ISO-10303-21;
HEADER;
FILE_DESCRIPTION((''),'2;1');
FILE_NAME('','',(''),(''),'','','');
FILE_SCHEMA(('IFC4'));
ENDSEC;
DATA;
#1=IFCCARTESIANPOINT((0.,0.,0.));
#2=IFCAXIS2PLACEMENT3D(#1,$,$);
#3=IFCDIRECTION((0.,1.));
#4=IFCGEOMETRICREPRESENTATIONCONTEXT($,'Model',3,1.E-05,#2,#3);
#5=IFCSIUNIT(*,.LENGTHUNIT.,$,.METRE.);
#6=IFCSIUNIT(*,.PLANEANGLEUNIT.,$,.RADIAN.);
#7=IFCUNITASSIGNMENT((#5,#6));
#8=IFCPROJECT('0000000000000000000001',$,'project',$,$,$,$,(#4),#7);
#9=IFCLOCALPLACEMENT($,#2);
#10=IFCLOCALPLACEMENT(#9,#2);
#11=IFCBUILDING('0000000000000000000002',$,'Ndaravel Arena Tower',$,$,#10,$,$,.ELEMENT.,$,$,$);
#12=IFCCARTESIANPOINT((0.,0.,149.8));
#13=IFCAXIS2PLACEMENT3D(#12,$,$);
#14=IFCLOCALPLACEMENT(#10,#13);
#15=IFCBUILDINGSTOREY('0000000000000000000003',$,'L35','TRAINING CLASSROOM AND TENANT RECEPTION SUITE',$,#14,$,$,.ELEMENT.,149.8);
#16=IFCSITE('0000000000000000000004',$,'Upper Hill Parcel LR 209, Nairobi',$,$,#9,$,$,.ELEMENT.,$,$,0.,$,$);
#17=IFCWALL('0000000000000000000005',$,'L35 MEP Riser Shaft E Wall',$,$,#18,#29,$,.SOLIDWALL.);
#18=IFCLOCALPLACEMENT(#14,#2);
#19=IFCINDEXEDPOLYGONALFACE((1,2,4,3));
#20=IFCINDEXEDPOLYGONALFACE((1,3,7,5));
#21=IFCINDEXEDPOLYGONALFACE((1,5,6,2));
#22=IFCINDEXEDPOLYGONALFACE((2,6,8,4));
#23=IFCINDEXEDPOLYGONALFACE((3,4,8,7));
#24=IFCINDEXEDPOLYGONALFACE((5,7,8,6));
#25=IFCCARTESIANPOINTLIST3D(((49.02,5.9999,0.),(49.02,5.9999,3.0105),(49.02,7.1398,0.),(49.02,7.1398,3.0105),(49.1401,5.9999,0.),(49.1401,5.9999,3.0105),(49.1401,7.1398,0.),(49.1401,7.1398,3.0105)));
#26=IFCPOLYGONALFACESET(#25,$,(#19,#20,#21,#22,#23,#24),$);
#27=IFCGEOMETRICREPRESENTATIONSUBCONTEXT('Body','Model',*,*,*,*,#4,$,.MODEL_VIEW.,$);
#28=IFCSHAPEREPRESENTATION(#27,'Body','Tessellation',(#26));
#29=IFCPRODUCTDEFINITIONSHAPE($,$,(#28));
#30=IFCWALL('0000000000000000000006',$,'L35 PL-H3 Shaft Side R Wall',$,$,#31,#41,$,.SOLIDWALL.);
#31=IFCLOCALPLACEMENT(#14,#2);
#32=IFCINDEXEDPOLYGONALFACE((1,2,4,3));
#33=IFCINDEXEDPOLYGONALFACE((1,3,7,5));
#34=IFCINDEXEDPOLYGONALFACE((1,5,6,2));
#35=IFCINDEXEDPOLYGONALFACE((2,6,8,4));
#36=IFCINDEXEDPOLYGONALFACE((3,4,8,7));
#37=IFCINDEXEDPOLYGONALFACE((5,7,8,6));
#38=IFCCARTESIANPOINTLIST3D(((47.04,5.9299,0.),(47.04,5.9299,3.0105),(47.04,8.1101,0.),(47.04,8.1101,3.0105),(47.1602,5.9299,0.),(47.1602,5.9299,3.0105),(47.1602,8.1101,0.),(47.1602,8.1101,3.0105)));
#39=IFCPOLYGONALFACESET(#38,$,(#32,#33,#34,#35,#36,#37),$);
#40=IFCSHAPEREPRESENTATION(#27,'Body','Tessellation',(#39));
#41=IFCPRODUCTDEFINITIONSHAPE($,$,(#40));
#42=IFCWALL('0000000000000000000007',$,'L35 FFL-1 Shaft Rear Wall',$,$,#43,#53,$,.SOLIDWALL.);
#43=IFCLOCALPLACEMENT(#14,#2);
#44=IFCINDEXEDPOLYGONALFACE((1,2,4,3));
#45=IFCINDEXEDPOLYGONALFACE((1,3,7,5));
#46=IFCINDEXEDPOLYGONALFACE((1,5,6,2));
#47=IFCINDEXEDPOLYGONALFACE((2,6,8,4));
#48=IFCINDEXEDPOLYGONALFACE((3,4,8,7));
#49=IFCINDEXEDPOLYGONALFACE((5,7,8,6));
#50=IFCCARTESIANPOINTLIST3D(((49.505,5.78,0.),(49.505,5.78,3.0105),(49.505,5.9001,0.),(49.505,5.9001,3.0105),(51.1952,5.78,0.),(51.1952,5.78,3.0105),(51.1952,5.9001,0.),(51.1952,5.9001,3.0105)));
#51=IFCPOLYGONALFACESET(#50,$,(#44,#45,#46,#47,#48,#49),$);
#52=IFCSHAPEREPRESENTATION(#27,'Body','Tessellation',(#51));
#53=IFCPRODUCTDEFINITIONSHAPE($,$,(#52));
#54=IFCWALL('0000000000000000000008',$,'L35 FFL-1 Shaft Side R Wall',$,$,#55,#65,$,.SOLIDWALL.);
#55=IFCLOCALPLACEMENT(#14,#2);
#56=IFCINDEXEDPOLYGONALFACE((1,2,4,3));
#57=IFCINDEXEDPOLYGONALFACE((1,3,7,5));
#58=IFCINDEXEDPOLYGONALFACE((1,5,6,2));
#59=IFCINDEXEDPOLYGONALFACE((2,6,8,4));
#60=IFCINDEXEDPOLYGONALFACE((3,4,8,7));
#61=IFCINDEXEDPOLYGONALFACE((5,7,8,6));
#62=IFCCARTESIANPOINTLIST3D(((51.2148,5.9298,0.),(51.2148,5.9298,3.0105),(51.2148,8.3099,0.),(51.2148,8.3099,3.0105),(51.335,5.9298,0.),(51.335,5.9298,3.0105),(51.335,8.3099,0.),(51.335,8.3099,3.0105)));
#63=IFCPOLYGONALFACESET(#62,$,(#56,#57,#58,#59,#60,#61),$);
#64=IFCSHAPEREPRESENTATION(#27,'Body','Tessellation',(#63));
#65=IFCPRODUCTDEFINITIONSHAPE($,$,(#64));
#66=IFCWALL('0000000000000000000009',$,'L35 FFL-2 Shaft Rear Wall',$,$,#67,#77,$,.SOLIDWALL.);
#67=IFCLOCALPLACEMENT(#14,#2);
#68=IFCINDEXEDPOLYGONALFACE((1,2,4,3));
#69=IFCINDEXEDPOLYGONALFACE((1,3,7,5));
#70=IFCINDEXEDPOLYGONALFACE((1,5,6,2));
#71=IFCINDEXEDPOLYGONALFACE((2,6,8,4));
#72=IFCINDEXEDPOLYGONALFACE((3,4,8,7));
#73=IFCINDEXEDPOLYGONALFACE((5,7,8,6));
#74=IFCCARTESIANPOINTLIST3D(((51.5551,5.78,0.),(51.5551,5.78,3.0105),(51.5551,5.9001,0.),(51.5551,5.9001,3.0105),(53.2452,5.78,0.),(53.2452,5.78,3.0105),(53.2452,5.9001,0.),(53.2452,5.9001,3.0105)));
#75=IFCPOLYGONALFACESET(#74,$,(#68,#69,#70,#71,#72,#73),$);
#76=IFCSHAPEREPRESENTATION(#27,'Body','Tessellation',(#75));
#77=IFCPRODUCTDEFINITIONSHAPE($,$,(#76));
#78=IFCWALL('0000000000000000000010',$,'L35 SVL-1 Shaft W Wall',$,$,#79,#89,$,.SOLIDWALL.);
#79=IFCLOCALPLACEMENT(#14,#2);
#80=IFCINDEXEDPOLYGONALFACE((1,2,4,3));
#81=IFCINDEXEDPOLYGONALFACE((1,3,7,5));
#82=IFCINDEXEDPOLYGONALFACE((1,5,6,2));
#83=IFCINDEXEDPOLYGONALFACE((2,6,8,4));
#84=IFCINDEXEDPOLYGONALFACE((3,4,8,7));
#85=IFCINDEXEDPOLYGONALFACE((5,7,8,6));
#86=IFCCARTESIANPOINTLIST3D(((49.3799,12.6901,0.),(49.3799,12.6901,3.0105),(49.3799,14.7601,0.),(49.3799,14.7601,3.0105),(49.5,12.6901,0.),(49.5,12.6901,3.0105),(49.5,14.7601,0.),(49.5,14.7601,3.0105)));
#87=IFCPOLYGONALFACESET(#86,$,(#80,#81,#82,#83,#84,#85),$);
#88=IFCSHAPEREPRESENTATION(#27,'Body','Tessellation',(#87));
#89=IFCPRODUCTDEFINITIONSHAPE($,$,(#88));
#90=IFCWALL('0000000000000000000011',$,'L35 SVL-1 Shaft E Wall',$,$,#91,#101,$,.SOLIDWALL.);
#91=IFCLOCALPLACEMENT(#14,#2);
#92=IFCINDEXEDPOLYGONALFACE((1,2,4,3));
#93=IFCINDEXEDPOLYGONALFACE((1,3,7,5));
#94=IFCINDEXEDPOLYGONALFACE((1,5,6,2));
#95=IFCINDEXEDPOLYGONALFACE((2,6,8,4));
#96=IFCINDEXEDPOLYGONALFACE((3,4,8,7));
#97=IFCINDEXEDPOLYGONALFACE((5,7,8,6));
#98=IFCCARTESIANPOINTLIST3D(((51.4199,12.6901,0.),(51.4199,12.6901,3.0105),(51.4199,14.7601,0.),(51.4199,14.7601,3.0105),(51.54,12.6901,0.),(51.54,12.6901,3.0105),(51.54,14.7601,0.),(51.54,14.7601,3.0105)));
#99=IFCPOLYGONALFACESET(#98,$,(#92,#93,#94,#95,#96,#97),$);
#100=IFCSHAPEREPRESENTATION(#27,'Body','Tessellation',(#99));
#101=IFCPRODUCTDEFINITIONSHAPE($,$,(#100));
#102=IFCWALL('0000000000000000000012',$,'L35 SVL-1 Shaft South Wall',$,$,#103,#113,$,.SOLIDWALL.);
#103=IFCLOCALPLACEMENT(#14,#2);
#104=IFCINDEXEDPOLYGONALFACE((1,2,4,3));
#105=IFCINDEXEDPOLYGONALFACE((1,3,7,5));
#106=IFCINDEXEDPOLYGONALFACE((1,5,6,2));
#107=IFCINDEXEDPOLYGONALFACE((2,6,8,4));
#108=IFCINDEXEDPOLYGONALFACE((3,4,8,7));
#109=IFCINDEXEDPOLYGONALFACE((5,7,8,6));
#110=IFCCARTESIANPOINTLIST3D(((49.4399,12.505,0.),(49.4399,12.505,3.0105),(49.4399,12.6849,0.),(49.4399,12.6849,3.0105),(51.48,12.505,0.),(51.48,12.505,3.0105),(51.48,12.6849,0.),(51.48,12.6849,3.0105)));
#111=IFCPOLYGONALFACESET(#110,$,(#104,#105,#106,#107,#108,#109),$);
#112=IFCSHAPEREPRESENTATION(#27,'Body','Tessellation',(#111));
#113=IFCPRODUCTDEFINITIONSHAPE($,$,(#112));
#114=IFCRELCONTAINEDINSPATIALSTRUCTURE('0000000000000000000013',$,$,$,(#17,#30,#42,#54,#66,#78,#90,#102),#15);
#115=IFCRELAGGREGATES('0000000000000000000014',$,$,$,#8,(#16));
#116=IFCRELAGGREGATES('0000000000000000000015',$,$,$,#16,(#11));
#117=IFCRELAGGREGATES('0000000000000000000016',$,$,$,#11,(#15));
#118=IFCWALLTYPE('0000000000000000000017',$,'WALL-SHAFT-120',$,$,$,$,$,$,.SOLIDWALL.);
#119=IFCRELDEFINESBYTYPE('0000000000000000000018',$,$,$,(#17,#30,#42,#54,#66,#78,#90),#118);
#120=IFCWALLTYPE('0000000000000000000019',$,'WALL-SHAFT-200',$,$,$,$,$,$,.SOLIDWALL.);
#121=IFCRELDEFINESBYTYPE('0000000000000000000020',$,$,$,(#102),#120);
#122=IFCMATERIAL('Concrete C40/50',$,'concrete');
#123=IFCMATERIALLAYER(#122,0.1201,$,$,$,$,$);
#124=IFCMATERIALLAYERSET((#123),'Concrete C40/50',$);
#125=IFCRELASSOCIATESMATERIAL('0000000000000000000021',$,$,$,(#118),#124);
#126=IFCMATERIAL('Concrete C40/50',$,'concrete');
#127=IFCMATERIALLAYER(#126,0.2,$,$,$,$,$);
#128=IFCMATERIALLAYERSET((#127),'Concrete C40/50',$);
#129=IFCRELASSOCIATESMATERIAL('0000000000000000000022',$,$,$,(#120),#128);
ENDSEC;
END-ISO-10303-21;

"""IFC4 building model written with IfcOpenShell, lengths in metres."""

from ifc_helpers import new_model, si_unit, direction, frame, frame_2d, origin, place, context, subcontext, project, spatial, rectangle, extrude, material, layer, layer_set, type_object, element, save


model = new_model("IFC4")

# Units and contexts
model_context = context("Model", 3, precision=1e-05, world=origin(), true_north=direction((0.0, 1.0)))
body_context = subcontext(model_context, "Body", "Model", "MODEL_VIEW")
ifc_project = project(units=[si_unit("LENGTHUNIT", "METRE"), si_unit("PLANEANGLEUNIT", "RADIAN")], contexts=[model_context])

# Site, building, storey
site_placement = place(None, origin())
site = spatial("IfcSite", under=ifc_project, at=site_placement, Name="Upper Hill Parcel LR 209, Nairobi", CompositionType="ELEMENT", RefElevation=0.0)
building_placement = place(site_placement, origin())
building = spatial("IfcBuilding", under=site, at=building_placement, Name="Ndaravel Arena Tower", CompositionType="ELEMENT")
storey_placement = place(building_placement, frame((0.0, 0.0, 149.8)))
storey = spatial("IfcBuildingStorey", under=building, at=storey_placement, Name="L35", Description="TRAINING CLASSROOM AND TENANT RECEPTION SUITE", CompositionType="ELEMENT", Elevation=149.8)

# Walls
ifc_material_1 = material(Name="Concrete C40/50", Category="concrete")
ifc_layer_1 = layer(ifc_material_1, 0.1201)
ifc_layer_set_1 = layer_set([ifc_layer_1], Name="Concrete C40/50")
wall_type_1 = type_object("IfcWallType", Name="WALL-SHAFT-120", PredefinedType="SOLIDWALL", material=ifc_layer_set_1)
for number, where, z_axis, x_axis, name in (
    (1, (49.0801, 6.0, 0.0), (0.0, 0.0, 1.0), (0.0, 1.0, 0.0), "L35 MEP Riser Shaft E Wall"),
):
    element("IfcWall", number, at=place(storey_placement, frame(where, z_axis=z_axis, x_axis=x_axis)), inside=storey, type_object=wall_type_1, Name=name, PredefinedType="SOLIDWALL", context=body_context, shape_type="SweptSolid", body=[
        extrude(rectangle(XDim=1.1399, YDim=0.1201, at=frame_2d((0.5698, 0.0))), origin(), (0.0, 0.0, 1.0), 3.0105),
    ])
wall_1_placement = place(storey_placement, frame((47.1001, 5.9299, 0.0), z_axis=(0.0, 0.0, 1.0), x_axis=(0.0, 1.0, 0.0)))
element("IfcWall", 2, at=wall_1_placement, inside=storey, type_object=wall_type_1, Name="L35 PL-H3 Shaft Side R Wall", PredefinedType="SOLIDWALL", context=body_context, shape_type="SweptSolid", body=[
    extrude(rectangle(XDim=2.1802, YDim=0.1201, at=frame_2d((1.0901, 0.0))), origin(), (0.0, 0.0, 1.0), 3.0105),
])
wall_2_placement = place(storey_placement, frame((49.5049, 5.8401, 0.0), z_axis=(0.0, 0.0, 1.0), x_axis=(1.0, 0.0, 0.0)))
element("IfcWall", 3, at=wall_2_placement, inside=storey, type_object=wall_type_1, Name="L35 FFL-1 Shaft Rear Wall", PredefinedType="SOLIDWALL", context=body_context, shape_type="SweptSolid", body=[
    extrude(rectangle(XDim=1.6902, YDim=0.1201, at=frame_2d((0.8452, 0.0))), origin(), (0.0, 0.0, 1.0), 3.0105),
])
wall_3_placement = place(storey_placement, frame((51.2749, 5.9299, 0.0), z_axis=(0.0, 0.0, 1.0), x_axis=(0.0, 1.0, 0.0)))
element("IfcWall", 4, at=wall_3_placement, inside=storey, type_object=wall_type_1, Name="L35 FFL-1 Shaft Side R Wall", PredefinedType="SOLIDWALL", context=body_context, shape_type="SweptSolid", body=[
    extrude(rectangle(XDim=2.3801, YDim=0.1201, at=frame_2d((1.1899, 0.0))), origin(), (0.0, 0.0, 1.0), 3.0105),
])
wall_4_placement = place(storey_placement, frame((51.5549, 5.8401, 0.0), z_axis=(0.0, 0.0, 1.0), x_axis=(1.0, 0.0, 0.0)))
element("IfcWall", 5, at=wall_4_placement, inside=storey, type_object=wall_type_1, Name="L35 FFL-2 Shaft Rear Wall", PredefinedType="SOLIDWALL", context=body_context, shape_type="SweptSolid", body=[
    extrude(rectangle(XDim=1.6902, YDim=0.1201, at=frame_2d((0.8452, 0.0))), origin(), (0.0, 0.0, 1.0), 3.0105),
])
for number, where, z_axis, x_axis, name in (
    (6, (49.4399, 12.6899, 0.0), (0.0, 0.0, 1.0), (0.0, 1.0, 0.0), "L35 SVL-1 Shaft W Wall"),
    (7, (51.48, 12.6899, 0.0), (0.0, 0.0, 1.0), (0.0, 1.0, 0.0), "L35 SVL-1 Shaft E Wall"),
):
    element("IfcWall", number, at=place(storey_placement, frame(where, z_axis=z_axis, x_axis=x_axis)), inside=storey, type_object=wall_type_1, Name=name, PredefinedType="SOLIDWALL", context=body_context, shape_type="SweptSolid", body=[
        extrude(rectangle(XDim=2.0701, YDim=0.1201, at=frame_2d((1.0352, 0.0))), origin(), (0.0, 0.0, 1.0), 3.0105),
    ])

# Shared definitions
ifc_material_2 = material(Name="Concrete C40/50", Category="concrete")
ifc_layer_2 = layer(ifc_material_2, 0.2)
ifc_layer_set_2 = layer_set([ifc_layer_2], Name="Concrete C40/50")
wall_type_2 = type_object("IfcWallType", Name="WALL-SHAFT-200", PredefinedType="SOLIDWALL", material=ifc_layer_set_2)

# Wall
wall_5_placement = place(storey_placement, frame((49.4399, 12.595, 0.0), z_axis=(0.0, 0.0, 1.0), x_axis=(1.0, 0.0, 0.0)))
element("IfcWall", 8, at=wall_5_placement, inside=storey, type_object=wall_type_2, Name="L35 SVL-1 Shaft South Wall", PredefinedType="SOLIDWALL", context=body_context, shape_type="SweptSolid", body=[
    extrude(rectangle(XDim=2.04, YDim=0.1799, at=frame_2d((1.02, 0.0))), origin(), (0.0, 0.0, 1.0), 3.0105),
])

save(model, "model.ifc")
